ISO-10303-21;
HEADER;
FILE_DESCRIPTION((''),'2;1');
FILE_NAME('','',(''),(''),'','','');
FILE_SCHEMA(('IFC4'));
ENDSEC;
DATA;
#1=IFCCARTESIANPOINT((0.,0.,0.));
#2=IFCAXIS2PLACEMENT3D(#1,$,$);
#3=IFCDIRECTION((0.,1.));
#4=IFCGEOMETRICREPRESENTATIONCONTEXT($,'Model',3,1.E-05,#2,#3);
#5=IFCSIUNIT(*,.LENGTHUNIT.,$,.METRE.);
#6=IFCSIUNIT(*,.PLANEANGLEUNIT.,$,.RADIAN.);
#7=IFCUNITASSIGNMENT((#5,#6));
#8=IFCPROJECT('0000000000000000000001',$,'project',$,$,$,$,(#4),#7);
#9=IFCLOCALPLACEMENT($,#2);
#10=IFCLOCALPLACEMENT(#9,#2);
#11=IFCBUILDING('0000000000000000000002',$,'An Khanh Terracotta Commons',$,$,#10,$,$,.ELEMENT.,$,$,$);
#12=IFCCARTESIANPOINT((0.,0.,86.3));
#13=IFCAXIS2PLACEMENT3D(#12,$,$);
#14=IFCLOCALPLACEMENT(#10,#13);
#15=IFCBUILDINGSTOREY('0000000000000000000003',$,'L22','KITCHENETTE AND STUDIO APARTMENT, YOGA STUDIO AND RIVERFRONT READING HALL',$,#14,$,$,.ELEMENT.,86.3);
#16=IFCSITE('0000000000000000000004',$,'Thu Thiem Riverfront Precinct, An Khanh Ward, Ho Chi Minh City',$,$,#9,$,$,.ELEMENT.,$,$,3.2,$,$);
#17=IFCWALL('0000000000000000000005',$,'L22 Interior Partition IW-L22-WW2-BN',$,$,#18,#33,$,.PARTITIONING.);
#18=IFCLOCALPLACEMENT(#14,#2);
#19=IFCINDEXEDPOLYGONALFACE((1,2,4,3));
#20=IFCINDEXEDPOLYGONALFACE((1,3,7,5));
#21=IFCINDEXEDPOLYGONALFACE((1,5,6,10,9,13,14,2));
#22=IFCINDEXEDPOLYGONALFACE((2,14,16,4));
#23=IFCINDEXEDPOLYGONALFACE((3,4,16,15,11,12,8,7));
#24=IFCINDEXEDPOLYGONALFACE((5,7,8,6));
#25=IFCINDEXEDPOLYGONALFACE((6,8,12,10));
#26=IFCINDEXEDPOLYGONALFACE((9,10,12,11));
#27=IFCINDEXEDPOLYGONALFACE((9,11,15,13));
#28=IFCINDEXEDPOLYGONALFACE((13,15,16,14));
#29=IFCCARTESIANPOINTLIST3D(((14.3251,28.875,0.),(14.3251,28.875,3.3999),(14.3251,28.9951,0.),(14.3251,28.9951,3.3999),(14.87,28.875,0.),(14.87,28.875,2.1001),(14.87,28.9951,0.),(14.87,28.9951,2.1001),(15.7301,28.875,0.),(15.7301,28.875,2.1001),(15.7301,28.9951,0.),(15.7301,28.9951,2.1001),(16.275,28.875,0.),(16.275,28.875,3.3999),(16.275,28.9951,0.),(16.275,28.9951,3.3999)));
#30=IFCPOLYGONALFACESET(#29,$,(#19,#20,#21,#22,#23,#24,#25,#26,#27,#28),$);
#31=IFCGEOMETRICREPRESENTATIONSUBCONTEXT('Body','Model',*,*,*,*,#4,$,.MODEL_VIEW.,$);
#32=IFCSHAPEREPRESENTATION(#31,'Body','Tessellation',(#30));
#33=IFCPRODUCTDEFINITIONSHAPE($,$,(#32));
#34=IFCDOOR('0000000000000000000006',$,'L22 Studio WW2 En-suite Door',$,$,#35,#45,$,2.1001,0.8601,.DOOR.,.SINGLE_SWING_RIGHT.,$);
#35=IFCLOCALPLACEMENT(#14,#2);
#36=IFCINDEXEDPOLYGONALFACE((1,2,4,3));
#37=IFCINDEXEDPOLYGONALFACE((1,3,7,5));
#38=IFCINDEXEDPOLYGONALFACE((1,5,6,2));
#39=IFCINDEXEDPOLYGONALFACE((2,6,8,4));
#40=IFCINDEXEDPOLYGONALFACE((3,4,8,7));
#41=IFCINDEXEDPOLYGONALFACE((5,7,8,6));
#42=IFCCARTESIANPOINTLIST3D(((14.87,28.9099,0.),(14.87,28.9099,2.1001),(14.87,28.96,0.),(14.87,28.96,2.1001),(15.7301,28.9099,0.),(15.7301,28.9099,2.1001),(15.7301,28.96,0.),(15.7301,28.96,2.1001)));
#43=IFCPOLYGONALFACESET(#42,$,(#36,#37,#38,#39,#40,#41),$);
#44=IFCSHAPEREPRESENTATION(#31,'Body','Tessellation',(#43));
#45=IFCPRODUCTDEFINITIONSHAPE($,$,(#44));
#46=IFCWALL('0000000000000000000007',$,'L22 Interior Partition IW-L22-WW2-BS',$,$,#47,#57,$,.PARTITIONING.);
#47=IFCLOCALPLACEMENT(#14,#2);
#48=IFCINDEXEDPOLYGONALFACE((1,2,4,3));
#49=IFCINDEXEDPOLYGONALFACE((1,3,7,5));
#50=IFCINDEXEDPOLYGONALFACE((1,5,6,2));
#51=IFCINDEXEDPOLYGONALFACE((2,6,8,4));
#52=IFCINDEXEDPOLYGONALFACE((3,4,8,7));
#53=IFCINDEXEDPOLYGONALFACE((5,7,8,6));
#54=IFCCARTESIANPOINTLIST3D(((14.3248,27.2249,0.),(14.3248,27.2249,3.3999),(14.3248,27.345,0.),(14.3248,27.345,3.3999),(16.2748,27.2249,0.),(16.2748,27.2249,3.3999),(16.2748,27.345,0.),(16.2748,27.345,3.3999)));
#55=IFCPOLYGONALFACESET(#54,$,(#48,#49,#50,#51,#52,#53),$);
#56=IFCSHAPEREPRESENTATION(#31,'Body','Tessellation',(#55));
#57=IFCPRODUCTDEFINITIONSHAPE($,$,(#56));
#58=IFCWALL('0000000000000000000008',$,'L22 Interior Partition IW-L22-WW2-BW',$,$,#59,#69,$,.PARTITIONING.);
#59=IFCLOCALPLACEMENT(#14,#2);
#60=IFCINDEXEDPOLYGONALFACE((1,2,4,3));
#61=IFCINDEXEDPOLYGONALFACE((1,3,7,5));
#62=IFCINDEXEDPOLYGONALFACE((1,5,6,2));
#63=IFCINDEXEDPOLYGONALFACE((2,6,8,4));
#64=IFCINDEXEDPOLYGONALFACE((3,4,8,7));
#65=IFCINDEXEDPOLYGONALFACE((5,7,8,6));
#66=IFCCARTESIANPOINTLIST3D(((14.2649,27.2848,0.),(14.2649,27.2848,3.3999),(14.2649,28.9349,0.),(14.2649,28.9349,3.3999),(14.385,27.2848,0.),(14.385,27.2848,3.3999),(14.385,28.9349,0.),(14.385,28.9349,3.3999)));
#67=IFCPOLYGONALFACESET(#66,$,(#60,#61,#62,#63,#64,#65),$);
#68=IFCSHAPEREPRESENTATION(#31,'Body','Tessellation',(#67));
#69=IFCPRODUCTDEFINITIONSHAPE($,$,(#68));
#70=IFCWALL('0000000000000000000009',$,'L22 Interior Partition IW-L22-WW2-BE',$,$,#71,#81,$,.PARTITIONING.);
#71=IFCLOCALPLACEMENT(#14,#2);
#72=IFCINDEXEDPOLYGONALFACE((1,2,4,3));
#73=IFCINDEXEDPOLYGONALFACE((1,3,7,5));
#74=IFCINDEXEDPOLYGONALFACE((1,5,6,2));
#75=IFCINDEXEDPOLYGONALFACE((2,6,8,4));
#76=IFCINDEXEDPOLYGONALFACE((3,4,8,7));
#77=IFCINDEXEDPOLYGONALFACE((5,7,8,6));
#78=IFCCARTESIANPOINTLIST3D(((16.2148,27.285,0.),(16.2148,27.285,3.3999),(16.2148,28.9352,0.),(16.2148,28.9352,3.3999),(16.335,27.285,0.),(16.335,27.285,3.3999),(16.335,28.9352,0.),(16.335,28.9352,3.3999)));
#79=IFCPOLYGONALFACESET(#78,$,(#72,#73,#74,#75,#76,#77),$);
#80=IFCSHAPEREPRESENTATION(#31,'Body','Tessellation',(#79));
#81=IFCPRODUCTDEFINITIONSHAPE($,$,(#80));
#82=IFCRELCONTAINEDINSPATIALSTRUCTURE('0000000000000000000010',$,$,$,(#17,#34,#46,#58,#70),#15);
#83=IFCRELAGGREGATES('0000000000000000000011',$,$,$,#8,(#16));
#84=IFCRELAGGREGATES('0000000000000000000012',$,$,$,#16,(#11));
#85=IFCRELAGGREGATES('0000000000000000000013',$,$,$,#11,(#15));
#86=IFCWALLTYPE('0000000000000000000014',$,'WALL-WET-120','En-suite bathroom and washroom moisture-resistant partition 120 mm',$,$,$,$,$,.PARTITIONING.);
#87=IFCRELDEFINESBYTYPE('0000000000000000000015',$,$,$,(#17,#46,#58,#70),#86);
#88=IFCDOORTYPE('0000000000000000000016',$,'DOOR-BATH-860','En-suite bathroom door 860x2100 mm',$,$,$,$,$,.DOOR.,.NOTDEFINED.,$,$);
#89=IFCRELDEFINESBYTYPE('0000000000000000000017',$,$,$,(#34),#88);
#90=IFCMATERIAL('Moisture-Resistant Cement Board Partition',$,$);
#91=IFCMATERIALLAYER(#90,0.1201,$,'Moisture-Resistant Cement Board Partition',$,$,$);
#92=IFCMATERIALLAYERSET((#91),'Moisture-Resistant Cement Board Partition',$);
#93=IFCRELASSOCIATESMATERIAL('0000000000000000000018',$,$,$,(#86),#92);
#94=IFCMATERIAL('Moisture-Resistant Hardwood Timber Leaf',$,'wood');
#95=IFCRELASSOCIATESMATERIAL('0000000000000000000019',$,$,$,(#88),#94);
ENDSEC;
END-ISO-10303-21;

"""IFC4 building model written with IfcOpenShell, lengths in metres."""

from ifc_helpers import new_model, si_unit, direction, frame, frame_2d, origin, place, context, subcontext, project, spatial, rectangle, extrude, material, layer, layer_set, type_object, element, fill, save


model = new_model("IFC4")

# Units and contexts
model_context = context("Model", 3, precision=1e-05, world=origin(), true_north=direction((0.0, 1.0)))
body_context = subcontext(model_context, "Body", "Model", "MODEL_VIEW")
ifc_project = project(units=[si_unit("LENGTHUNIT", "METRE"), si_unit("PLANEANGLEUNIT", "RADIAN")], contexts=[model_context])

# Site, building, storey
site_placement = place(None, origin())
site = spatial("IfcSite", under=ifc_project, at=site_placement, Name="Thu Thiem Riverfront Precinct, An Khanh Ward, Ho Chi Minh City", CompositionType="ELEMENT", RefElevation=3.2)
building_placement = place(site_placement, origin())
building = spatial("IfcBuilding", under=site, at=building_placement, Name="An Khanh Terracotta Commons", CompositionType="ELEMENT")
storey_placement = place(building_placement, frame((0.0, 0.0, 86.3)))
storey = spatial("IfcBuildingStorey", under=building, at=storey_placement, Name="L22", Description="KITCHENETTE AND STUDIO APARTMENT, YOGA STUDIO AND RIVERFRONT READING HALL", CompositionType="ELEMENT", Elevation=86.3)

# Wall, opening, door
ifc_material_1 = material(Name="Moisture-Resistant Cement Board Partition")
ifc_layer_1 = layer(ifc_material_1, 0.1201, Name="Moisture-Resistant Cement Board Partition")
ifc_layer_set_1 = layer_set([ifc_layer_1], Name="Moisture-Resistant Cement Board Partition")
wall_type_1 = type_object("IfcWallType", Name="WALL-WET-120", Description="En-suite bathroom and washroom moisture-resistant partition 120 mm", PredefinedType="PARTITIONING", material=ifc_layer_set_1)
wall_1_placement = place(storey_placement, frame((14.325, 28.9351, 0.0), z_axis=(0.0, 0.0, 1.0), x_axis=(1.0, 0.0, 0.0)))
wall_1 = element("IfcWall", 1, at=wall_1_placement, inside=storey, type_object=wall_type_1, Name="L22 Interior Partition IW-L22-WW2-BN", PredefinedType="PARTITIONING", context=body_context, shape_type="SweptSolid", body=[
    extrude(rectangle(XDim=1.95, YDim=0.1201, at=frame_2d((0.9751, 0.0))), origin(), (0.0, 0.0, 1.0), 3.3999),
])
opening_1_placement = place(wall_1_placement, frame((0.5449, 0.0, 0.0)))
opening_1 = element("IfcOpeningElement", 2, at=opening_1_placement, cuts=wall_1, PredefinedType="OPENING", context=body_context, shape_type="SweptSolid", body=[
    extrude(rectangle(XDim=0.8601, YDim=2.1001, at=frame_2d((0.4302, 1.05))), frame((0.0, 0.0701, 0.0), z_axis=(0.0, -1.0, 0.0), x_axis=(1.0, 0.0, 0.0)), (0.0, 0.0, 1.0), 0.1401),
])
ifc_material_2 = material(Name="Moisture-Resistant Hardwood Timber Leaf", Category="wood")
door_type_1 = type_object("IfcDoorType", Name="DOOR-BATH-860", Description="En-suite bathroom door 860x2100 mm", OperationType="NOTDEFINED", PredefinedType="DOOR", material=ifc_material_2)
door_1_placement = place(opening_1_placement, origin())
door_1 = element("IfcDoor", 3, at=door_1_placement, inside=storey, type_object=door_type_1, Name="L22 Studio WW2 En-suite Door", OperationType="SINGLE_SWING_RIGHT", OverallHeight=2.1001, OverallWidth=0.8601, PredefinedType="DOOR", context=body_context, shape_type="SweptSolid", body=[
    extrude(rectangle(XDim=0.8601, YDim=2.1001, at=frame_2d((0.4302, 1.05))), frame((0.0, 0.0249, 0.0), z_axis=(0.0, -1.0, 0.0), x_axis=(1.0, 0.0, 0.0)), (0.0, 0.0, 1.0), 0.05),
])
fill(opening_1, door_1)

# Walls
wall_2_placement = place(storey_placement, frame((16.2749, 27.2849, 0.0), z_axis=(0.0, 0.0, 1.0), x_axis=(-1.0, 0.0, 0.0)))
element("IfcWall", 4, at=wall_2_placement, inside=storey, type_object=wall_type_1, Name="L22 Interior Partition IW-L22-WW2-BS", PredefinedType="PARTITIONING", context=body_context, shape_type="SweptSolid", body=[
    extrude(rectangle(XDim=1.95, YDim=0.1201, at=frame_2d((0.9751, 0.0))), origin(), (0.0, 0.0, 1.0), 3.3999),
])
for number, where, z_axis, x_axis, name in (
    (5, (14.325, 28.9351, 0.0), (0.0, 0.0, 1.0), (0.0, -1.0, 0.0), "L22 Interior Partition IW-L22-WW2-BW"),
    (6, (16.2749, 27.2849, 0.0), (0.0, 0.0, 1.0), (0.0, 1.0, 0.0), "L22 Interior Partition IW-L22-WW2-BE"),
):
    element("IfcWall", number, at=place(storey_placement, frame(where, z_axis=z_axis, x_axis=x_axis)), inside=storey, type_object=wall_type_1, Name=name, PredefinedType="PARTITIONING", context=body_context, shape_type="SweptSolid", body=[
        extrude(rectangle(XDim=1.6501, YDim=0.1201, at=frame_2d((0.8252, 0.0))), origin(), (0.0, 0.0, 1.0), 3.3999),
    ])

save(model, "model.ifc")
